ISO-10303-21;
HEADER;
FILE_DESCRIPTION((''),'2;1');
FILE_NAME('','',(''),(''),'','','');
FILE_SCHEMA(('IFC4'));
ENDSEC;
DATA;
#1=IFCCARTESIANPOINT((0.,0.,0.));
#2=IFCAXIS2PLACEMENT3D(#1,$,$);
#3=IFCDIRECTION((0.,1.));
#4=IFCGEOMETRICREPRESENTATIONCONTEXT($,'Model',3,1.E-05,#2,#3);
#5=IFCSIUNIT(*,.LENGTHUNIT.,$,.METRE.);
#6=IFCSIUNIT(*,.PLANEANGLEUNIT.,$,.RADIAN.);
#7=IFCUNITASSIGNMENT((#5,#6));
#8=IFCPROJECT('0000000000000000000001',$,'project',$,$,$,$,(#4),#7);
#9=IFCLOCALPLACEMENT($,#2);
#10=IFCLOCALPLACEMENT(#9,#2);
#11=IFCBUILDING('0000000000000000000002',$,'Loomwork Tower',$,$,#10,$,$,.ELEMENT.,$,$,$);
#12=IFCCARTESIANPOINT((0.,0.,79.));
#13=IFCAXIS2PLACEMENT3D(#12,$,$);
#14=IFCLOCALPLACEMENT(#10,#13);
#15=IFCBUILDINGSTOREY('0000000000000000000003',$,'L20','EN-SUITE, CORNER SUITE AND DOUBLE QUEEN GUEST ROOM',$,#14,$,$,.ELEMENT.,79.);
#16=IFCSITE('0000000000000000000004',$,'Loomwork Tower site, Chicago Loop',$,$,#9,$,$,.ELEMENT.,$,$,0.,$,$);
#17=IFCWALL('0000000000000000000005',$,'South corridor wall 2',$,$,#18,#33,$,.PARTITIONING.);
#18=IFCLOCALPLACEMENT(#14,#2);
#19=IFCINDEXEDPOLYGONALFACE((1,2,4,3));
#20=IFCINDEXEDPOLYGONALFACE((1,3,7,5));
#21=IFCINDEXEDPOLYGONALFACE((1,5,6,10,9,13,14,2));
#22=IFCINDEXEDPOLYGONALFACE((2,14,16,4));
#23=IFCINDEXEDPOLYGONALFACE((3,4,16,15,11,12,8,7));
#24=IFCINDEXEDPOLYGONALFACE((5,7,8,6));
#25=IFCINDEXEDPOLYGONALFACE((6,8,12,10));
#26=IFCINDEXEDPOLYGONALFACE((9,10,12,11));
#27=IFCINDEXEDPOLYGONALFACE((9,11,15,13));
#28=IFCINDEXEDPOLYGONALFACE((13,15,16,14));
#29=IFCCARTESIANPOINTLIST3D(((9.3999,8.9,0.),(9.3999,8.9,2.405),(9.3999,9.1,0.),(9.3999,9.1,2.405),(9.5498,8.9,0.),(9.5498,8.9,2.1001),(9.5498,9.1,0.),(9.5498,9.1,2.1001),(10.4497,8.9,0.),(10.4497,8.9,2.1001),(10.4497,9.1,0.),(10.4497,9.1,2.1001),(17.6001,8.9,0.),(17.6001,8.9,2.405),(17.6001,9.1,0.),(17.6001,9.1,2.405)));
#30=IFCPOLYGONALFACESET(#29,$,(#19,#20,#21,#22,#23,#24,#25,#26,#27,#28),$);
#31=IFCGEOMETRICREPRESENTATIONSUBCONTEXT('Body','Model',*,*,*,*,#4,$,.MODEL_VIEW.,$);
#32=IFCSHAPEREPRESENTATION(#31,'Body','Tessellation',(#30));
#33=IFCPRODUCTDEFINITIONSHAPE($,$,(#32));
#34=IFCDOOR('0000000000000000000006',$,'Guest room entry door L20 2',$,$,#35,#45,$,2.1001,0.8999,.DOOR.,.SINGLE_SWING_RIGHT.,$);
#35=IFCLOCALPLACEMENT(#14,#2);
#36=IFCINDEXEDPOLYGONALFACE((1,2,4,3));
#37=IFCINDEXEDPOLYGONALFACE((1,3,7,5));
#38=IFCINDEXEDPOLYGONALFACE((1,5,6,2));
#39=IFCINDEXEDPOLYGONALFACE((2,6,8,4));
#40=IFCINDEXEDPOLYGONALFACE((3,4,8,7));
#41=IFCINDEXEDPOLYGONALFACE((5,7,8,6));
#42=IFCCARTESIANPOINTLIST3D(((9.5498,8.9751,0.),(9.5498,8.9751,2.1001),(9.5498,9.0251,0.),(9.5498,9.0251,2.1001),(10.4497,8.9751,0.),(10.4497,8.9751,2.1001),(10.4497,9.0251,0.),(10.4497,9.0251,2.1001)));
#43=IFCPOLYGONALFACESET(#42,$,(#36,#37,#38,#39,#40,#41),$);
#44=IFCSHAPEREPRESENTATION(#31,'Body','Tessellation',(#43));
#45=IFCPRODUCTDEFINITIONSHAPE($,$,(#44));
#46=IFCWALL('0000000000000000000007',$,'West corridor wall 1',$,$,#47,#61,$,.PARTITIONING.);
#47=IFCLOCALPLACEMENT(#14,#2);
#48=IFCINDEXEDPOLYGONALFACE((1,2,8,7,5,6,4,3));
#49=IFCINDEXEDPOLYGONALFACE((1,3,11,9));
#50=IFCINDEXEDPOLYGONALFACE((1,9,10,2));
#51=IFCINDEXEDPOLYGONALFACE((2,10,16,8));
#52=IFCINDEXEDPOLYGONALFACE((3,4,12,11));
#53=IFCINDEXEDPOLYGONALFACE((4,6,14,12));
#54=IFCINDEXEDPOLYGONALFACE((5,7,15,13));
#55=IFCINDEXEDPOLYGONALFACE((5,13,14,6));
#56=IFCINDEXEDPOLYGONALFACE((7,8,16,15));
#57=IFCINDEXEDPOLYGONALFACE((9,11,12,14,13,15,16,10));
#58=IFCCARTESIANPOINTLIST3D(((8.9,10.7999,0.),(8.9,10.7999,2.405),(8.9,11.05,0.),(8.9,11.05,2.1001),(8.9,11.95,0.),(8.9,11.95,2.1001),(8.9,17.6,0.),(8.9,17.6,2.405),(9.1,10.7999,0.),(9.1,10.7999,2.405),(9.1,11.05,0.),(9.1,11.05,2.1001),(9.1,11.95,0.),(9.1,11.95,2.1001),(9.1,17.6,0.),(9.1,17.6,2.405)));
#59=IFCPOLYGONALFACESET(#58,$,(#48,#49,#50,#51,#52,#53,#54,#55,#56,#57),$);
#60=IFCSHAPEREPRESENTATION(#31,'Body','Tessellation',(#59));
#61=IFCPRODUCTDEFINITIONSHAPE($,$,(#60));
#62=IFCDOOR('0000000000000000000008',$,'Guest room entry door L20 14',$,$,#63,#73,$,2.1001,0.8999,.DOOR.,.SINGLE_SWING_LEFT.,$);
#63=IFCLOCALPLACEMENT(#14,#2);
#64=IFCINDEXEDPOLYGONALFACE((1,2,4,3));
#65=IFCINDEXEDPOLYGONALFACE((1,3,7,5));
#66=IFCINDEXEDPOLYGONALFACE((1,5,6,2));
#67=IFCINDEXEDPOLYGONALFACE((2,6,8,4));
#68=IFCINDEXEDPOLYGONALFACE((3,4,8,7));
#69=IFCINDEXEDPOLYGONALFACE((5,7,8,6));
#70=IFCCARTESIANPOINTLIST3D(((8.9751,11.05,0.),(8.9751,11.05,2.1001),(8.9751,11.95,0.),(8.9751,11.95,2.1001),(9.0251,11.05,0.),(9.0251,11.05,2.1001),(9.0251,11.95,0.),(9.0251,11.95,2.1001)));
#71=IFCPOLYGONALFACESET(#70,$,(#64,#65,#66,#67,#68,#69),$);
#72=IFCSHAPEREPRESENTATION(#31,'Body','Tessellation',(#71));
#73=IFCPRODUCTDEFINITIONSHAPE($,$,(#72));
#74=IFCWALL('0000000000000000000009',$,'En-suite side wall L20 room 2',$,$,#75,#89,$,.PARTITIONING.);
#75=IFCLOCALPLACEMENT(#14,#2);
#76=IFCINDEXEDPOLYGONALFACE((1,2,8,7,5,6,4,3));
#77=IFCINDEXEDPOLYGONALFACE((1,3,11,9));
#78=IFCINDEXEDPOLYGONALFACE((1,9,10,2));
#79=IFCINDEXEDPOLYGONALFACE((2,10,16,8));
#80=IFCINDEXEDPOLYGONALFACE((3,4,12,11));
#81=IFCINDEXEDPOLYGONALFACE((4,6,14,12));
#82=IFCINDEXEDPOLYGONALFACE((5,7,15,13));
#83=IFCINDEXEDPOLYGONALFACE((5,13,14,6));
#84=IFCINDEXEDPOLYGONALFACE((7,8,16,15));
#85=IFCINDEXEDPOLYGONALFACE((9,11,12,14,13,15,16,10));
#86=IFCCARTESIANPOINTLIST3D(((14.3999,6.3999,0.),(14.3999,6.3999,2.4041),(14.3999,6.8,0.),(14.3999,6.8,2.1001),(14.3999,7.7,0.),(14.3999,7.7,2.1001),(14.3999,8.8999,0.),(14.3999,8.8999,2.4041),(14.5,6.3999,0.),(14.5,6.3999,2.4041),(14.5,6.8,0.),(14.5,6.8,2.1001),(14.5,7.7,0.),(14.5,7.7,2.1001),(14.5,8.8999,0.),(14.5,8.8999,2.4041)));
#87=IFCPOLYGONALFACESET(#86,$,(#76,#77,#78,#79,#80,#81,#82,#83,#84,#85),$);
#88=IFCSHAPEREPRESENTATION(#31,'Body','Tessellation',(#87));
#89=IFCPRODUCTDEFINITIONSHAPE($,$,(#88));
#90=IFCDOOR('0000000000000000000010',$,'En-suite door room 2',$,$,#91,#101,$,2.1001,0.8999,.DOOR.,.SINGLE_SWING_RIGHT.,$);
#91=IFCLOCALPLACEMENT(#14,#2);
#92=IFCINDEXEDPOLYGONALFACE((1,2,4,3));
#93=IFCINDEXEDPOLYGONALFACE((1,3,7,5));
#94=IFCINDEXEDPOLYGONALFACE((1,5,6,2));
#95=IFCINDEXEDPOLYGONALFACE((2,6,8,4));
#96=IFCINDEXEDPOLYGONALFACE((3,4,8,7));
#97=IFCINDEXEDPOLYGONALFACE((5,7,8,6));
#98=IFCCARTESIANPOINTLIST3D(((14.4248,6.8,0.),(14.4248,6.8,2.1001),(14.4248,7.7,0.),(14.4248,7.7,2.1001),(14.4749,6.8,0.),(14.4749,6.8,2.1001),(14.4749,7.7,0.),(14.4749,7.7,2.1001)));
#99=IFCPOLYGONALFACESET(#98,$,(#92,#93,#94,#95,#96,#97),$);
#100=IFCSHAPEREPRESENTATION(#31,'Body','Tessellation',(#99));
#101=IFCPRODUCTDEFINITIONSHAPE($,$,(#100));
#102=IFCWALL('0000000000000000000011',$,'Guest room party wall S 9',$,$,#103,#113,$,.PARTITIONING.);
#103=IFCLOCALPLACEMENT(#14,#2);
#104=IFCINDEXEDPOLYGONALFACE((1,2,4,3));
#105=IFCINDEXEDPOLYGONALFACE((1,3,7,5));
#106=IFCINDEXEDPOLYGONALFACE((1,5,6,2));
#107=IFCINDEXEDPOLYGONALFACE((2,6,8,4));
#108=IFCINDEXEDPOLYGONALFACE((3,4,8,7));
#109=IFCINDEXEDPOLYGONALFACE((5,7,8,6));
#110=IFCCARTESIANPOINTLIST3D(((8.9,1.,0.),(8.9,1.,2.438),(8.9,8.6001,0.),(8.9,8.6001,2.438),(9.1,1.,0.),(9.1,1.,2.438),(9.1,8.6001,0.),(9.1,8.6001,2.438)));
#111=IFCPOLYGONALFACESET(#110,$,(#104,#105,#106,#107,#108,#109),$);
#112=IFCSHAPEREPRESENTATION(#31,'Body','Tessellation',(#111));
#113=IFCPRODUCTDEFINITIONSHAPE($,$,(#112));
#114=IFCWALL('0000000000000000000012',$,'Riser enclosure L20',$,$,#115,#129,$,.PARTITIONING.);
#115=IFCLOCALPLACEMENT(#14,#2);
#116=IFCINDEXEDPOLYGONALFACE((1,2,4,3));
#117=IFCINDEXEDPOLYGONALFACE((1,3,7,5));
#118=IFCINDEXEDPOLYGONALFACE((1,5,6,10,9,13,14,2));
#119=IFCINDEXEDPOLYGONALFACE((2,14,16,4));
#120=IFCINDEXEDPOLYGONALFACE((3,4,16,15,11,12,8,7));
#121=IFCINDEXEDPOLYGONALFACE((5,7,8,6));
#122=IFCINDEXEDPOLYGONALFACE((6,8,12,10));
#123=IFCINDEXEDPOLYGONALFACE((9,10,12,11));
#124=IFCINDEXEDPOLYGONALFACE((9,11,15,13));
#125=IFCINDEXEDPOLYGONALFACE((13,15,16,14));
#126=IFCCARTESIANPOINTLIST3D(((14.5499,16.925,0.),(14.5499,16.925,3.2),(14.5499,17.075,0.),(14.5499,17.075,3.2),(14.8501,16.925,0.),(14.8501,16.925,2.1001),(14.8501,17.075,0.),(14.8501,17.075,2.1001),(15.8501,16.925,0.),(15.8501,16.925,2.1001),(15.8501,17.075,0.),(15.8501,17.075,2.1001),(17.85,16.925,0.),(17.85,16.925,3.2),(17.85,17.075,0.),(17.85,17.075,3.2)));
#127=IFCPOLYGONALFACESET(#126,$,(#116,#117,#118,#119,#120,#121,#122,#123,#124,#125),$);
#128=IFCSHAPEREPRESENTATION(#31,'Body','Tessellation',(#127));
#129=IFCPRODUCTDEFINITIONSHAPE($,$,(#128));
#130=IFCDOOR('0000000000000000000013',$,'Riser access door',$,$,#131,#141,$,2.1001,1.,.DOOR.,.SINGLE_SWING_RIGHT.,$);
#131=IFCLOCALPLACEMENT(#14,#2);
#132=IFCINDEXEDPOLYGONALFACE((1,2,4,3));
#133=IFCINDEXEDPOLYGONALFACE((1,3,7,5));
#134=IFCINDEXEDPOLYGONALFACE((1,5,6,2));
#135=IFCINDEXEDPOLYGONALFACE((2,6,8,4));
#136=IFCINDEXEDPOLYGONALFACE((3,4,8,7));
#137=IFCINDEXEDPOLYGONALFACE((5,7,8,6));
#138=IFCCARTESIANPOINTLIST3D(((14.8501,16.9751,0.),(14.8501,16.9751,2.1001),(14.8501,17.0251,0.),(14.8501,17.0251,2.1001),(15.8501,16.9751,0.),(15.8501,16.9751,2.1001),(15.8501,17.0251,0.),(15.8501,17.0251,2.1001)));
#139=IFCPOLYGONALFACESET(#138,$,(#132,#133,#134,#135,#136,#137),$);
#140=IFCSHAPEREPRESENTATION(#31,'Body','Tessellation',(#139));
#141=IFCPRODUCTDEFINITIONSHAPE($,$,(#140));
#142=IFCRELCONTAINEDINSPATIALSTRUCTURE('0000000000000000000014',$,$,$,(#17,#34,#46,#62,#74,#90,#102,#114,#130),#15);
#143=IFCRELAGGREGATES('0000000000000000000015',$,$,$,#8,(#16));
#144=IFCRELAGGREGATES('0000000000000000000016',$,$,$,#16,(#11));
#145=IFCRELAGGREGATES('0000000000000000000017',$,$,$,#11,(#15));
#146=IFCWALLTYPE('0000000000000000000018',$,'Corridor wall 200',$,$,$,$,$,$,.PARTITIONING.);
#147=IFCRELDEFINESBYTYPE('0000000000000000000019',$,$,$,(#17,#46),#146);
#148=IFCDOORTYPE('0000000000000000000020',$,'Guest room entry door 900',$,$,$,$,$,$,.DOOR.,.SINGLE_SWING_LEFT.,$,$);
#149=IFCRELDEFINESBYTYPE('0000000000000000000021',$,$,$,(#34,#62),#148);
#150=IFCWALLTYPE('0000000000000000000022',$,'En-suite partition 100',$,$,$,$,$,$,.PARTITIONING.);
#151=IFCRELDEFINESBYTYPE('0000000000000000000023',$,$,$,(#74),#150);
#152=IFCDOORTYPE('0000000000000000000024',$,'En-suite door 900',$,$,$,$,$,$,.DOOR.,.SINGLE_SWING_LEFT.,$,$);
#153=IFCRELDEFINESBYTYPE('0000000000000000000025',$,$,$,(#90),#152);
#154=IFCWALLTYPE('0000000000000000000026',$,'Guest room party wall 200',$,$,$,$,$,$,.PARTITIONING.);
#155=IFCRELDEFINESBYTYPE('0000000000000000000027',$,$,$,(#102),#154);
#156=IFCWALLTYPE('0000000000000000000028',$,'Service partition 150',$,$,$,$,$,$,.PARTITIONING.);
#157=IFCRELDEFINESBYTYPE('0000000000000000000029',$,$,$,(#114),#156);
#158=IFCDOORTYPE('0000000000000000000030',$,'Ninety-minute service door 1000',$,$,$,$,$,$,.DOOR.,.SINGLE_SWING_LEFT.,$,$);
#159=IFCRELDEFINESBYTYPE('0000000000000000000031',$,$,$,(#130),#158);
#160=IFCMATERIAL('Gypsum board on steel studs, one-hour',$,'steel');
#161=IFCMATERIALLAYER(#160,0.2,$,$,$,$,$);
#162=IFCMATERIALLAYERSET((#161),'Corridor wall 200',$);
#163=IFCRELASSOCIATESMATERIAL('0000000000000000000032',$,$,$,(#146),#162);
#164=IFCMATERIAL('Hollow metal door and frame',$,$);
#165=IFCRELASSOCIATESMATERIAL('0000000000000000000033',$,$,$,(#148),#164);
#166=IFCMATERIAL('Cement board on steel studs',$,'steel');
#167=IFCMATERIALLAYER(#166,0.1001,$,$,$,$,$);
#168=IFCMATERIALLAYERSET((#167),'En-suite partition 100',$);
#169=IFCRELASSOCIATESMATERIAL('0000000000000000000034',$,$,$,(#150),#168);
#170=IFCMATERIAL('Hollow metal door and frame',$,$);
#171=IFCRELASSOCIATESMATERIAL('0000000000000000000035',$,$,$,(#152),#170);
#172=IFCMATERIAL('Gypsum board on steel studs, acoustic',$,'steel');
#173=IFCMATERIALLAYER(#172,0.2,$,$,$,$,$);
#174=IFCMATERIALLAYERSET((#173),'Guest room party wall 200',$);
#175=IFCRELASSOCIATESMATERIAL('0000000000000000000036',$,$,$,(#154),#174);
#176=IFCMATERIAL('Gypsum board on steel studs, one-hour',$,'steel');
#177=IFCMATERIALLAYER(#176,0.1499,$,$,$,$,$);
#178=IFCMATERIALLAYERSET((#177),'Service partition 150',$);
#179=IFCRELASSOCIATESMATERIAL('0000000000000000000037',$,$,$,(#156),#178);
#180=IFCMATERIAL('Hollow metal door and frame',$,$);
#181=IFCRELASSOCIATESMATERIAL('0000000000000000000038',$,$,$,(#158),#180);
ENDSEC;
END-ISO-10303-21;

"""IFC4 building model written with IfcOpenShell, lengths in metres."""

from ifc_helpers import new_model, si_unit, direction, frame, frame_2d, origin, place, context, subcontext, project, spatial, rectangle, extrude, material, layer, layer_set, type_object, element, fill, save


model = new_model("IFC4")

# Units and contexts
model_context = context("Model", 3, precision=1e-05, world=origin(), true_north=direction((0.0, 1.0)))
body_context = subcontext(model_context, "Body", "Model", "MODEL_VIEW")
ifc_project = project(units=[si_unit("LENGTHUNIT", "METRE"), si_unit("PLANEANGLEUNIT", "RADIAN")], contexts=[model_context])

# Site, building, storey
site_placement = place(None, origin())
site = spatial("IfcSite", under=ifc_project, at=site_placement, Name="Loomwork Tower site, Chicago Loop", CompositionType="ELEMENT", RefElevation=0.0)
building_placement = place(site_placement, origin())
building = spatial("IfcBuilding", under=site, at=building_placement, Name="Loomwork Tower", CompositionType="ELEMENT")
storey_placement = place(building_placement, frame((0.0, 0.0, 79.0)))
storey = spatial("IfcBuildingStorey", under=building, at=storey_placement, Name="L20", Description="EN-SUITE, CORNER SUITE AND DOUBLE QUEEN GUEST ROOM", CompositionType="ELEMENT", Elevation=79.0)

# Walls, openings, doors
ifc_material_1 = material(Name="Gypsum board on steel studs, one-hour", Category="steel")
ifc_layer_1 = layer(ifc_material_1, 0.2)
ifc_layer_set_1 = layer_set([ifc_layer_1], Name="Corridor wall 200")
wall_type_1 = type_object("IfcWallType", Name="Corridor wall 200", PredefinedType="PARTITIONING", material=ifc_layer_set_1)
wall_1_placement = place(storey_placement, frame((9.3999, 9.0, 0.0), z_axis=(0.0, 0.0, 1.0), x_axis=(1.0, 0.0, 0.0)))
wall_1 = element("IfcWall", 1, at=wall_1_placement, inside=storey, type_object=wall_type_1, Name="South corridor wall 2", PredefinedType="PARTITIONING", context=body_context, shape_type="SweptSolid", body=[
    extrude(rectangle(XDim=8.2002, YDim=0.2, at=frame_2d((4.1001, 0.0))), origin(), (0.0, 0.0, 1.0), 2.405),
])
opening_1_placement = place(wall_1_placement, frame((0.1499, 0.0, 0.0)))
opening_1 = element("IfcOpeningElement", 2, at=opening_1_placement, cuts=wall_1, PredefinedType="OPENING", context=body_context, shape_type="SweptSolid", body=[
    extrude(rectangle(XDim=0.8999, YDim=2.1001, at=frame_2d((0.45, 1.05))), frame((0.0, 0.1099, 0.0), z_axis=(0.0, -1.0, 0.0), x_axis=(1.0, 0.0, 0.0)), (0.0, 0.0, 1.0), 0.22),
])
ifc_material_2 = material(Name="Hollow metal door and frame")
door_type_1 = type_object("IfcDoorType", Name="Guest room entry door 900", OperationType="SINGLE_SWING_LEFT", PredefinedType="DOOR", material=ifc_material_2)
door_1_placement = place(opening_1_placement, frame((0.8999, 0.0, 0.0), z_axis=(0.0, 0.0, 1.0), x_axis=(-1.0, 0.0, 0.0)))
door_1 = element("IfcDoor", 3, at=door_1_placement, inside=storey, type_object=door_type_1, Name="Guest room entry door L20 2", OperationType="SINGLE_SWING_RIGHT", OverallHeight=2.1001, OverallWidth=0.8999, PredefinedType="DOOR", context=body_context, shape_type="SweptSolid", body=[
    extrude(rectangle(XDim=0.8999, YDim=2.1001, at=frame_2d((0.45, 1.05))), frame((0.0, 0.0249, 0.0), z_axis=(0.0, -1.0, 0.0), x_axis=(1.0, 0.0, 0.0)), (0.0, 0.0, 1.0), 0.05),
])
fill(opening_1, door_1)
wall_2_placement = place(storey_placement, frame((9.0, 10.8, 0.0), z_axis=(0.0, 0.0, 1.0), x_axis=(0.0, 1.0, 0.0)))
wall_2 = element("IfcWall", 4, at=wall_2_placement, inside=storey, type_object=wall_type_1, Name="West corridor wall 1", PredefinedType="PARTITIONING", context=body_context, shape_type="SweptSolid", body=[
    extrude(rectangle(XDim=6.8, YDim=0.2, at=frame_2d((3.3999, 0.0))), origin(), (0.0, 0.0, 1.0), 2.405),
])
opening_2_placement = place(wall_2_placement, frame((0.25, 0.0, 0.0)))
opening_2 = element("IfcOpeningElement", 5, at=opening_2_placement, cuts=wall_2, PredefinedType="OPENING", context=body_context, shape_type="SweptSolid", body=[
    extrude(rectangle(XDim=0.8999, YDim=2.1001, at=frame_2d((0.45, 1.05))), frame((0.0, 0.1099, 0.0), z_axis=(0.0, -1.0, 0.0), x_axis=(1.0, 0.0, 0.0)), (0.0, 0.0, 1.0), 0.22),
])
door_2_placement = place(opening_2_placement, origin())
door_2 = element("IfcDoor", 6, at=door_2_placement, inside=storey, type_object=door_type_1, Name="Guest room entry door L20 14", OperationType="SINGLE_SWING_LEFT", OverallHeight=2.1001, OverallWidth=0.8999, PredefinedType="DOOR", context=body_context, shape_type="SweptSolid", body=[
    extrude(rectangle(XDim=0.8999, YDim=2.1001, at=frame_2d((0.45, 1.05))), frame((0.0, 0.0249, 0.0), z_axis=(0.0, -1.0, 0.0), x_axis=(1.0, 0.0, 0.0)), (0.0, 0.0, 1.0), 0.05),
])
fill(opening_2, door_2)
ifc_material_3 = material(Name="Cement board on steel studs", Category="steel")
ifc_layer_2 = layer(ifc_material_3, 0.1001)
ifc_layer_set_2 = layer_set([ifc_layer_2], Name="En-suite partition 100")
wall_type_2 = type_object("IfcWallType", Name="En-suite partition 100", PredefinedType="PARTITIONING", material=ifc_layer_set_2)
wall_3_placement = place(storey_placement, frame((14.45, 8.8999, 0.0), z_axis=(0.0, 0.0, 1.0), x_axis=(0.0, -1.0, 0.0)))
wall_3 = element("IfcWall", 7, at=wall_3_placement, inside=storey, type_object=wall_type_2, Name="En-suite side wall L20 room 2", PredefinedType="PARTITIONING", context=body_context, shape_type="SweptSolid", body=[
    extrude(rectangle(XDim=2.5, YDim=0.1001, at=frame_2d((1.25, 0.0))), origin(), (0.0, 0.0, 1.0), 2.4041),
])
opening_3_placement = place(wall_3_placement, frame((1.2, 0.0, 0.0)))
opening_3 = element("IfcOpeningElement", 8, at=opening_3_placement, cuts=wall_3, PredefinedType="OPENING", context=body_context, shape_type="SweptSolid", body=[
    extrude(rectangle(XDim=0.8999, YDim=2.1001, at=frame_2d((0.45, 1.05))), frame((0.0, 0.0601, 0.0), z_axis=(0.0, -1.0, 0.0), x_axis=(1.0, 0.0, 0.0)), (0.0, 0.0, 1.0), 0.1201),
])
ifc_material_4 = material(Name="Hollow metal door and frame")
door_type_2 = type_object("IfcDoorType", Name="En-suite door 900", OperationType="SINGLE_SWING_LEFT", PredefinedType="DOOR", material=ifc_material_4)
door_3_placement = place(opening_3_placement, origin())
door_3 = element("IfcDoor", 9, at=door_3_placement, inside=storey, type_object=door_type_2, Name="En-suite door room 2", OperationType="SINGLE_SWING_RIGHT", OverallHeight=2.1001, OverallWidth=0.8999, PredefinedType="DOOR", context=body_context, shape_type="SweptSolid", body=[
    extrude(rectangle(XDim=0.8999, YDim=2.1001, at=frame_2d((0.45, 1.05))), frame((0.0, 0.0249, 0.0), z_axis=(0.0, -1.0, 0.0), x_axis=(1.0, 0.0, 0.0)), (0.0, 0.0, 1.0), 0.05),
])
fill(opening_3, door_3)

# Wall
ifc_material_5 = material(Name="Gypsum board on steel studs, acoustic", Category="steel")
ifc_layer_3 = layer(ifc_material_5, 0.2)
ifc_layer_set_3 = layer_set([ifc_layer_3], Name="Guest room party wall 200")
wall_type_3 = type_object("IfcWallType", Name="Guest room party wall 200", PredefinedType="PARTITIONING", material=ifc_layer_set_3)
wall_4_placement = place(storey_placement, frame((9.0, 8.6001, 0.0), z_axis=(0.0, 0.0, 1.0), x_axis=(0.0, -1.0, 0.0)))
element("IfcWall", 10, at=wall_4_placement, inside=storey, type_object=wall_type_3, Name="Guest room party wall S 9", PredefinedType="PARTITIONING", context=body_context, shape_type="SweptSolid", body=[
    extrude(rectangle(XDim=7.6001, YDim=0.2, at=frame_2d((3.8, 0.0))), origin(), (0.0, 0.0, 1.0), 2.438),
])

# Wall, opening, door
ifc_material_6 = material(Name="Gypsum board on steel studs, one-hour", Category="steel")
ifc_layer_4 = layer(ifc_material_6, 0.1499)
ifc_layer_set_4 = layer_set([ifc_layer_4], Name="Service partition 150")
wall_type_4 = type_object("IfcWallType", Name="Service partition 150", PredefinedType="PARTITIONING", material=ifc_layer_set_4)
wall_5_placement = place(storey_placement, frame((14.55, 17.0, 0.0), z_axis=(0.0, 0.0, 1.0), x_axis=(1.0, 0.0, 0.0)))
wall_5 = element("IfcWall", 11, at=wall_5_placement, inside=storey, type_object=wall_type_4, Name="Riser enclosure L20", PredefinedType="PARTITIONING", context=body_context, shape_type="SweptSolid", body=[
    extrude(rectangle(XDim=3.3, YDim=0.1499, at=frame_2d((1.6499, 0.0))), origin(), (0.0, 0.0, 1.0), 3.2),
])
opening_4_placement = place(wall_5_placement, frame((0.3, 0.0, 0.0)))
opening_4 = element("IfcOpeningElement", 12, at=opening_4_placement, cuts=wall_5, PredefinedType="OPENING", context=body_context, shape_type="SweptSolid", body=[
    extrude(rectangle(XDim=1.0, YDim=2.1001, at=frame_2d((0.5, 1.05))), frame((0.0, 0.085, 0.0), z_axis=(0.0, -1.0, 0.0), x_axis=(1.0, 0.0, 0.0)), (0.0, 0.0, 1.0), 0.1699),
])
ifc_material_7 = material(Name="Hollow metal door and frame")
door_type_3 = type_object("IfcDoorType", Name="Ninety-minute service door 1000", OperationType="SINGLE_SWING_LEFT", PredefinedType="DOOR", material=ifc_material_7)
door_4_placement = place(opening_4_placement, frame((1.0, 0.0, 0.0), z_axis=(0.0, 0.0, 1.0), x_axis=(-1.0, 0.0, 0.0)))
door_4 = element("IfcDoor", 13, at=door_4_placement, inside=storey, type_object=door_type_3, Name="Riser access door", OperationType="SINGLE_SWING_RIGHT", OverallHeight=2.1001, OverallWidth=1.0, PredefinedType="DOOR", context=body_context, shape_type="SweptSolid", body=[
    extrude(rectangle(XDim=1.0, YDim=2.1001, at=frame_2d((0.5, 1.05))), frame((0.0, 0.0249, 0.0), z_axis=(0.0, -1.0, 0.0), x_axis=(1.0, 0.0, 0.0)), (0.0, 0.0, 1.0), 0.05),
])
fill(opening_4, door_4)

save(model, "model.ifc")
